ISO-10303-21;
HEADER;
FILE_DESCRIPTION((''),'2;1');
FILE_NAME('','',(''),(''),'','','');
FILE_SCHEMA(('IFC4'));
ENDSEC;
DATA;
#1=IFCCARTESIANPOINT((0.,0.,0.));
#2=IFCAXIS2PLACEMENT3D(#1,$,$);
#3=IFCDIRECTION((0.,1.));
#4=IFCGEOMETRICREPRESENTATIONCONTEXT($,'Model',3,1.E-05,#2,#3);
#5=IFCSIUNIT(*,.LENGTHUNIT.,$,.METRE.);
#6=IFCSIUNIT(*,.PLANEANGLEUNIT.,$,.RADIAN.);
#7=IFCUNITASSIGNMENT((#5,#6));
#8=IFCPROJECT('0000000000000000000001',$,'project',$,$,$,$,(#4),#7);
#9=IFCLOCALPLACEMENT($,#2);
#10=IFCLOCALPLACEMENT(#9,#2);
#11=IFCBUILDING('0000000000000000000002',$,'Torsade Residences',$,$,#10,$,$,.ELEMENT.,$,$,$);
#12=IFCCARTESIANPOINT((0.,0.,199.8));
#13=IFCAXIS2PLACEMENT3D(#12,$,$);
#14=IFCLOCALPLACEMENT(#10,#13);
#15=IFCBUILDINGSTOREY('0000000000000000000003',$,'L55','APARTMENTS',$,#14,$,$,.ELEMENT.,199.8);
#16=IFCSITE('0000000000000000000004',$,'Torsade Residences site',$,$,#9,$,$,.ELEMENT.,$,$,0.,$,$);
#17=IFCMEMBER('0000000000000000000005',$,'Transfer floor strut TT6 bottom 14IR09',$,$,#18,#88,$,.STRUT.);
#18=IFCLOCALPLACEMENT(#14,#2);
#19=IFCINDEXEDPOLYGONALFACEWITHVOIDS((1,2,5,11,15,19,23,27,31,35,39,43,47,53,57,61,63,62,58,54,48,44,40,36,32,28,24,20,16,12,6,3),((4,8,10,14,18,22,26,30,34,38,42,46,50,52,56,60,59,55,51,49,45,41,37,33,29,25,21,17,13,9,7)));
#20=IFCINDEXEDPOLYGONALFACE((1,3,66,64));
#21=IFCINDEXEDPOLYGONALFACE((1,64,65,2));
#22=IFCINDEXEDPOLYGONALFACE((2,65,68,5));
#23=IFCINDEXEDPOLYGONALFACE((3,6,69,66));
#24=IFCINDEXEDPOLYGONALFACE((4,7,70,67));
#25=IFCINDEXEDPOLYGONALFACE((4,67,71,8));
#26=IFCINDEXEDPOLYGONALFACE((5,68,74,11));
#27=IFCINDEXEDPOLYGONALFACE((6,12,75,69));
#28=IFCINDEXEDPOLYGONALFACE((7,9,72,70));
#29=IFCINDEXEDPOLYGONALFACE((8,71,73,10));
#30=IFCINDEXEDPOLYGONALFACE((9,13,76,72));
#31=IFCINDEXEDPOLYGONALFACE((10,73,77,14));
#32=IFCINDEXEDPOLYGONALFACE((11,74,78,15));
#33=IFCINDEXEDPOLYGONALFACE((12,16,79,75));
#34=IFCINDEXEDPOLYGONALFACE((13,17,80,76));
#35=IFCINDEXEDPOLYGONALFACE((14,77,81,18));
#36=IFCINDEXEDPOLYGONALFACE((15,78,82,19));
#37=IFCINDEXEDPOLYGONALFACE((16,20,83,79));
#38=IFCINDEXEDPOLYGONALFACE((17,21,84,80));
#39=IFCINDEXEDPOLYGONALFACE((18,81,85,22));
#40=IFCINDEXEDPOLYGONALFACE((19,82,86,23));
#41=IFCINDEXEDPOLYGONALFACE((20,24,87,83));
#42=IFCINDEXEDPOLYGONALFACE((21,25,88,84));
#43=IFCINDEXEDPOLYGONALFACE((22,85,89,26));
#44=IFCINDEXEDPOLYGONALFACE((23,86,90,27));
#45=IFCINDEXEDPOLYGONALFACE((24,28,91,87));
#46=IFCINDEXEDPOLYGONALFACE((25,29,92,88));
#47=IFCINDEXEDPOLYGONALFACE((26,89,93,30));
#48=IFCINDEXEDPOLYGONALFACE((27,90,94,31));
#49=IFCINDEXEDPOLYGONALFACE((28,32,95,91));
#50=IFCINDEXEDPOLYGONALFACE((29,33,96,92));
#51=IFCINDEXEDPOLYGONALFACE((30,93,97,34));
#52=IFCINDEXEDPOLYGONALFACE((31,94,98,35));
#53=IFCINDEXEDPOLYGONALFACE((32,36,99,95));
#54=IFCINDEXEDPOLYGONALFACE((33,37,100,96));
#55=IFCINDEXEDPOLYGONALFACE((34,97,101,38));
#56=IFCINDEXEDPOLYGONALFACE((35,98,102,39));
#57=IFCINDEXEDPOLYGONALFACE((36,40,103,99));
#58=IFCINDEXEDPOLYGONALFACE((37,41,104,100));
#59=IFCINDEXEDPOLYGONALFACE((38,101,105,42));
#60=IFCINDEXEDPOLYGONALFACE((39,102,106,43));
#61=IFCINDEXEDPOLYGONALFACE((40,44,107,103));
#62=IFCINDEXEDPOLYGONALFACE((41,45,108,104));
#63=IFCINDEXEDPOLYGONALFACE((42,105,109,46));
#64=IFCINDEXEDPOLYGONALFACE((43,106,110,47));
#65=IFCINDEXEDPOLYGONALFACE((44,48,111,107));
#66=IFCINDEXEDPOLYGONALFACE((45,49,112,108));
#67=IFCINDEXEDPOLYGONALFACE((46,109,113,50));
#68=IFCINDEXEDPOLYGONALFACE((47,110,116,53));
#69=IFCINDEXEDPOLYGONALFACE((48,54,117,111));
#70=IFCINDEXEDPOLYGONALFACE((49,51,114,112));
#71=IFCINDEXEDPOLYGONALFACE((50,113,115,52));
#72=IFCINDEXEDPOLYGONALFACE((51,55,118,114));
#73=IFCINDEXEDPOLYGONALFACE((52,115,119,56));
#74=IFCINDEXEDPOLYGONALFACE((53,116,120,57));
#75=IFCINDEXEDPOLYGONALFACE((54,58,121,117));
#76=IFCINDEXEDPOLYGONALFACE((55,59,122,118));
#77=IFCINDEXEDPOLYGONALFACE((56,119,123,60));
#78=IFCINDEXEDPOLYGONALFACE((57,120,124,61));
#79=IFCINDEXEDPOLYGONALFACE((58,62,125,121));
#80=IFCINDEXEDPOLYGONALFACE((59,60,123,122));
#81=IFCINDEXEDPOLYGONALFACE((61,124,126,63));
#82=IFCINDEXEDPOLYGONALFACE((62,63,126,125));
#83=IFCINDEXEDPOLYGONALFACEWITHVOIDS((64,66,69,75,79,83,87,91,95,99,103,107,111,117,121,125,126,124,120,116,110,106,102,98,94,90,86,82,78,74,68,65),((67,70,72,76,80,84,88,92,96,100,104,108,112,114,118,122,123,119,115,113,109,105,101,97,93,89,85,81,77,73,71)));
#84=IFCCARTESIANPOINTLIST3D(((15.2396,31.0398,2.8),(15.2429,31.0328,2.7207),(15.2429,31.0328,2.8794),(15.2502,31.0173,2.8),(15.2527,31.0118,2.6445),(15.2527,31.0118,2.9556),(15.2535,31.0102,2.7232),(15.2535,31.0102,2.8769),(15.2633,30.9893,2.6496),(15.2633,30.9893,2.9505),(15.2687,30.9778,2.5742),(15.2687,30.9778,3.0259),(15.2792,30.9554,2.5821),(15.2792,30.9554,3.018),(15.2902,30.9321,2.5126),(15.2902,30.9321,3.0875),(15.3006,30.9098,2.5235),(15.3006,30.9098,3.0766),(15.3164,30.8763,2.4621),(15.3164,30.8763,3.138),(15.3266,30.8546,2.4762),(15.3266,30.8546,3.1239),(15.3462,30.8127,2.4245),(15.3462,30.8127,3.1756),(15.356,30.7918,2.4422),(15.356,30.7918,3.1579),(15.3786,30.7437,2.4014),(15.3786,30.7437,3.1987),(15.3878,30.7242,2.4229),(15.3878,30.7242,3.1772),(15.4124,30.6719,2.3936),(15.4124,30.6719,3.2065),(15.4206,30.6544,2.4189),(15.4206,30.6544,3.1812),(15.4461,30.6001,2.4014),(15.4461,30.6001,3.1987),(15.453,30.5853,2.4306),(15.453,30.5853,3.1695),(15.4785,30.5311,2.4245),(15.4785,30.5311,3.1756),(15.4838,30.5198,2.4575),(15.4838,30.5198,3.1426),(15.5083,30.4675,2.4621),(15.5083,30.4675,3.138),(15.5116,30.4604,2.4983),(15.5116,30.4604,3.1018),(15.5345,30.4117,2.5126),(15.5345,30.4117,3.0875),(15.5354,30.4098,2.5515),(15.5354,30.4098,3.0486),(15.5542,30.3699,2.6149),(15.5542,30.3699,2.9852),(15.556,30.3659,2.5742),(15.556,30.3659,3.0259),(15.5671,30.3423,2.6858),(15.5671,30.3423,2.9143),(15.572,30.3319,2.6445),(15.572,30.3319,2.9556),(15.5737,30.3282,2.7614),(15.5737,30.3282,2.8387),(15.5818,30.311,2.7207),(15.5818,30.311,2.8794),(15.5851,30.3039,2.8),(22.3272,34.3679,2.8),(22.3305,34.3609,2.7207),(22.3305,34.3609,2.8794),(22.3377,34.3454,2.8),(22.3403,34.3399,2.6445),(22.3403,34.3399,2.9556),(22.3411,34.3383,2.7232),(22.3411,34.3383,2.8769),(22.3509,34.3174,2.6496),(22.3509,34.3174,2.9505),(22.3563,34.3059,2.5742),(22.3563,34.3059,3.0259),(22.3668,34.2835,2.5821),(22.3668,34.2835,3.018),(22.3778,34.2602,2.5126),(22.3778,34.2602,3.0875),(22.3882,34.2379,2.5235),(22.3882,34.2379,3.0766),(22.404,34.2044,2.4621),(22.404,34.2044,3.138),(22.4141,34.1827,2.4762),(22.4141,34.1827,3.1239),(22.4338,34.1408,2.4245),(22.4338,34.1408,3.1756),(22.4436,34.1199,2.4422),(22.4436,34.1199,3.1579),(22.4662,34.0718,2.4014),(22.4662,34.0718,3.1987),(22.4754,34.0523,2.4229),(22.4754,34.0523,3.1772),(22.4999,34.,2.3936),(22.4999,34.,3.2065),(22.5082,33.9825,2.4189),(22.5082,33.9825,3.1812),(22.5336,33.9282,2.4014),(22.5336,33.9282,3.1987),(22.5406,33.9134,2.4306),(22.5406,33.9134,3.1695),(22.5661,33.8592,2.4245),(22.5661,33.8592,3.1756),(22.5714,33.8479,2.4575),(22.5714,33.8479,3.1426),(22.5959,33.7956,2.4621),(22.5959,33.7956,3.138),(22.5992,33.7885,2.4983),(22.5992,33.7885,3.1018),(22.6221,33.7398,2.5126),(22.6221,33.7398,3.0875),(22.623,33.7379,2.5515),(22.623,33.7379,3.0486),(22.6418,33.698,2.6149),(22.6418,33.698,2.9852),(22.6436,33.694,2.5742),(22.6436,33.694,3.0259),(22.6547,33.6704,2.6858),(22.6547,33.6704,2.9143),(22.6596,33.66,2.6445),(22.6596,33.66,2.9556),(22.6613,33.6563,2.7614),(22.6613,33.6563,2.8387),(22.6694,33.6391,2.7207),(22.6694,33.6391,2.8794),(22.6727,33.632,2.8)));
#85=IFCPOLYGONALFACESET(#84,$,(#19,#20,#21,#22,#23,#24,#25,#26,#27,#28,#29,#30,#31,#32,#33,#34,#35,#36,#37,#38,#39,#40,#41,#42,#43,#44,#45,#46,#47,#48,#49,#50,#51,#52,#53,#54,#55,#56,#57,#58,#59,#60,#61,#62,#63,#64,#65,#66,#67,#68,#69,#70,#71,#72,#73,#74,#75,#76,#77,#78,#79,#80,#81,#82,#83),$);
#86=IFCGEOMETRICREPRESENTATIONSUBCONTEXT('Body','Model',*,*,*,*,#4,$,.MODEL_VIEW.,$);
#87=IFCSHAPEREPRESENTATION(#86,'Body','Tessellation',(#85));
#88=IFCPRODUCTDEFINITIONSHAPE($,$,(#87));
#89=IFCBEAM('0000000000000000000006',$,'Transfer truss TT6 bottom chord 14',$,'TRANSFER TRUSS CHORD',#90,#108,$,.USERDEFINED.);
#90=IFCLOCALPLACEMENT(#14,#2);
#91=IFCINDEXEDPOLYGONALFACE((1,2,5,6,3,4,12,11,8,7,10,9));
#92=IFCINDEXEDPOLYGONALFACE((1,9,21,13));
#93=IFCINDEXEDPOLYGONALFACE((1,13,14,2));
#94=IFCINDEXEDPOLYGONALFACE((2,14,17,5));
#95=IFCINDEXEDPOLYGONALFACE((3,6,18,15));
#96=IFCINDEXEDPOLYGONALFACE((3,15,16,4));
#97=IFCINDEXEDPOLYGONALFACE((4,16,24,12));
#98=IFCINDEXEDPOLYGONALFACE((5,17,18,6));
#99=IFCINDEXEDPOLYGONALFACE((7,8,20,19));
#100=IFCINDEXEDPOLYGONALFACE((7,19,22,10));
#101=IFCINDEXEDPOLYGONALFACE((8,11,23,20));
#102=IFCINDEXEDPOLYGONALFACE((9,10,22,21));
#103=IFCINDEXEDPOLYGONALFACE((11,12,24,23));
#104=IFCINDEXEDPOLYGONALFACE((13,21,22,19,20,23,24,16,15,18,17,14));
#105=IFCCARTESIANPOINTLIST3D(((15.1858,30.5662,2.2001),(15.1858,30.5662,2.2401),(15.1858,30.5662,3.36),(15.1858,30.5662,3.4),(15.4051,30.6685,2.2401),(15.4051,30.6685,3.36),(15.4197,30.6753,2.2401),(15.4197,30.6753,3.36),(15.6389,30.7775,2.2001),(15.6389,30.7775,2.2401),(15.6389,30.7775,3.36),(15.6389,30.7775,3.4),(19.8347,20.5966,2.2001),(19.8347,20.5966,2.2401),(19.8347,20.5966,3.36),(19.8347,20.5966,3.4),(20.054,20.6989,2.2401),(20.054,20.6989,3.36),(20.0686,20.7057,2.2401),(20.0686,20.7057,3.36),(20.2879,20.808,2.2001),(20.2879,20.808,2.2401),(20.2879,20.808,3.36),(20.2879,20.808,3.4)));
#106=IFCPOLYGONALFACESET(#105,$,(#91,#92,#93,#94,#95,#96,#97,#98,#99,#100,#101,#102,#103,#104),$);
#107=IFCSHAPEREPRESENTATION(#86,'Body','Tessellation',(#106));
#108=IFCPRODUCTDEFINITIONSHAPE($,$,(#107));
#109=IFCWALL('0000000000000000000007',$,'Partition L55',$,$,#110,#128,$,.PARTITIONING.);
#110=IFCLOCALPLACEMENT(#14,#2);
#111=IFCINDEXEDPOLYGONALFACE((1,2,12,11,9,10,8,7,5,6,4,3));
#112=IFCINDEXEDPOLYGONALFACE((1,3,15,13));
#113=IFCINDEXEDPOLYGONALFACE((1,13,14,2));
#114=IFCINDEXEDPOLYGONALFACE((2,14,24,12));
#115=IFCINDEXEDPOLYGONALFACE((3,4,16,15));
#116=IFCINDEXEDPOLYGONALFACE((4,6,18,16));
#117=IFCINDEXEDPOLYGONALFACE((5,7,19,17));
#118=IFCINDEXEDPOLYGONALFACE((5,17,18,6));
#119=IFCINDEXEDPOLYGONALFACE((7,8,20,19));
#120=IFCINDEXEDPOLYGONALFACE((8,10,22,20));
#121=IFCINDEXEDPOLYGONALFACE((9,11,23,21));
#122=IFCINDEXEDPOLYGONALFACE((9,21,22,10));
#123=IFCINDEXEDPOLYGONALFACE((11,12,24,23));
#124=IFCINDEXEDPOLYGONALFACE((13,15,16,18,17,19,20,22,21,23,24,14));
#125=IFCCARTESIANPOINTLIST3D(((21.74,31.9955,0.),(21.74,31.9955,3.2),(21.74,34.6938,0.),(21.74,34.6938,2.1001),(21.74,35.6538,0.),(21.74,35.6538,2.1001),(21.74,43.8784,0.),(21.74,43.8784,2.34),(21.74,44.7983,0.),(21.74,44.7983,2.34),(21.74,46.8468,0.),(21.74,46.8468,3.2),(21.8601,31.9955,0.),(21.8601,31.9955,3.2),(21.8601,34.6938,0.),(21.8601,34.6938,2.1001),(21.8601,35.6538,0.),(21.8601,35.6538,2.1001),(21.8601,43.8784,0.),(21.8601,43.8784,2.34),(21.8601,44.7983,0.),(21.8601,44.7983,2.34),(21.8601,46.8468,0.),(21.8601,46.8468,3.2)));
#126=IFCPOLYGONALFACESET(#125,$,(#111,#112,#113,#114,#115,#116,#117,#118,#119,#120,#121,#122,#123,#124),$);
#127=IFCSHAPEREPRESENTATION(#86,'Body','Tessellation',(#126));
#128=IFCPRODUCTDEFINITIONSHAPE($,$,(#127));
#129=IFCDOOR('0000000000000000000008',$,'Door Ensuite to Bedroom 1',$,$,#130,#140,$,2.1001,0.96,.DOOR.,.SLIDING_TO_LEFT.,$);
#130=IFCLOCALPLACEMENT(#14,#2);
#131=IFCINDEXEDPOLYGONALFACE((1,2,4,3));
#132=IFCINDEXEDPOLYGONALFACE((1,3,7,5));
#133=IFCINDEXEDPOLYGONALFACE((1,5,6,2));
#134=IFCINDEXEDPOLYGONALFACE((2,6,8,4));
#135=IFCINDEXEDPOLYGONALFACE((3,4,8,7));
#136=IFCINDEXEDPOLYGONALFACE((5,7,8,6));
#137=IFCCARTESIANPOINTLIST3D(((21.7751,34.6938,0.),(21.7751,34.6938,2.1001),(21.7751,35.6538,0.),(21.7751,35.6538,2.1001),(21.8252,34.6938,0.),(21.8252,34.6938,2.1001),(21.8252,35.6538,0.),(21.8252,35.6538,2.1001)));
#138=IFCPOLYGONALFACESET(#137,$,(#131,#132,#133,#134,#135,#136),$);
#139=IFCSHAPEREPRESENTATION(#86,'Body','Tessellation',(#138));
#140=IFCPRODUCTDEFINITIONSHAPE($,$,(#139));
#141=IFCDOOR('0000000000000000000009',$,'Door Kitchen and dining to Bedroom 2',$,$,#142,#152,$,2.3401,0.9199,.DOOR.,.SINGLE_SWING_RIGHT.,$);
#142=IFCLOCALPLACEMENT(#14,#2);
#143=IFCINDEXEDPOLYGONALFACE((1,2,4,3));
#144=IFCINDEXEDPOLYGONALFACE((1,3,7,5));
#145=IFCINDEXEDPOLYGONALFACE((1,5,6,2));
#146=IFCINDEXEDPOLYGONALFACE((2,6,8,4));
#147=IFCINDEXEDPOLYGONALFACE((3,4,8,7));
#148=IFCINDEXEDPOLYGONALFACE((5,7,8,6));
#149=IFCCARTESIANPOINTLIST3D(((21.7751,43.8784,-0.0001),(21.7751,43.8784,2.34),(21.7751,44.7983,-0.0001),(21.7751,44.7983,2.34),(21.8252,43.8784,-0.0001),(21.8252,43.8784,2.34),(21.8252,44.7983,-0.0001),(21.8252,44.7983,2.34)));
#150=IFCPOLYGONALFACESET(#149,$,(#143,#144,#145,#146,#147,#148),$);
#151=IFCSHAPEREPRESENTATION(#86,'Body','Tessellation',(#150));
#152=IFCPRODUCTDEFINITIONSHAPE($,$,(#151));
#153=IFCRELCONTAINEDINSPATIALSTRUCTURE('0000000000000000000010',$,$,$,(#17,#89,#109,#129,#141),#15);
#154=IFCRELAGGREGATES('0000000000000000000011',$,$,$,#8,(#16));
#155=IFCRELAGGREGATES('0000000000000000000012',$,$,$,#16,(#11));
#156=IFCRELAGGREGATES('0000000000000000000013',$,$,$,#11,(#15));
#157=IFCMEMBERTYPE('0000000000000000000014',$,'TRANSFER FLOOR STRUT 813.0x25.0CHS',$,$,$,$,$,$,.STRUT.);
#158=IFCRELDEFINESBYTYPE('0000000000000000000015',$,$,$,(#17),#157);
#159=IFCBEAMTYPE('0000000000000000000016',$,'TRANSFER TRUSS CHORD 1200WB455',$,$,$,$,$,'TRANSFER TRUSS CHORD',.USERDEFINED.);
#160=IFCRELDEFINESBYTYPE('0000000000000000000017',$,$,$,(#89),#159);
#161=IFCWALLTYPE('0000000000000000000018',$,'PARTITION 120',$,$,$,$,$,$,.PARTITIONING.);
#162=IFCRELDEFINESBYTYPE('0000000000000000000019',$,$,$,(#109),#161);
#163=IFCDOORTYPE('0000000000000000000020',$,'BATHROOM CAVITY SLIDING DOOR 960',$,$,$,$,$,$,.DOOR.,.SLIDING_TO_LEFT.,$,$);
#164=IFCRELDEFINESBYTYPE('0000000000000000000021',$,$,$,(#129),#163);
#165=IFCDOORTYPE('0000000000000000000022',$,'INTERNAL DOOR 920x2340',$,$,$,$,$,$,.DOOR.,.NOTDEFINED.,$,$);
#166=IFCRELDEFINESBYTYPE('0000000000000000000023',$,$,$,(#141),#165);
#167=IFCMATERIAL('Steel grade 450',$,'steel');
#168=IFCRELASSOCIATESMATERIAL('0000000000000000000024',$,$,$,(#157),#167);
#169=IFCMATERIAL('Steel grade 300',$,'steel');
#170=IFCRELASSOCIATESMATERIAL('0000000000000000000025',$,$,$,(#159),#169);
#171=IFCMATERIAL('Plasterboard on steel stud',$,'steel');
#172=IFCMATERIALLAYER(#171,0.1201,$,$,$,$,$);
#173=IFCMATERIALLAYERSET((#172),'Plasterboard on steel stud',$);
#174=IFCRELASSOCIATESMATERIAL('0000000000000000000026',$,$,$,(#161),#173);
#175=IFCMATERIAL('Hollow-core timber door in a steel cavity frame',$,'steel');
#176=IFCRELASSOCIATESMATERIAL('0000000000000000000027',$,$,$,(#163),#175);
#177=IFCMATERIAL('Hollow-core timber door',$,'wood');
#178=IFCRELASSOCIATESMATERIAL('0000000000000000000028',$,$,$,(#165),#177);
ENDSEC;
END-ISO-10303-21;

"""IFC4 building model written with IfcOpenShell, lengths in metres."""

from ifc_helpers import new_model, si_unit, direction, frame, frame_2d, origin, origin_2d, place, context, subcontext, project, spatial, rectangle, hollow_circle, i_section, extrude, material, layer, layer_set, material_profile, profile_set, type_object, element, fill, save


model = new_model("IFC4")

# Units and contexts
model_context = context("Model", 3, precision=1e-05, world=origin(), true_north=direction((0.0, 1.0)))
body_context = subcontext(model_context, "Body", "Model", "MODEL_VIEW")
ifc_project = project(units=[si_unit("LENGTHUNIT", "METRE"), si_unit("PLANEANGLEUNIT", "RADIAN")], contexts=[model_context])

# Site, building, storey
site_placement = place(None, origin())
site = spatial("IfcSite", under=ifc_project, at=site_placement, Name="Torsade Residences site", CompositionType="ELEMENT", RefElevation=0.0)
building_placement = place(site_placement, origin())
building = spatial("IfcBuilding", under=site, at=building_placement, Name="Torsade Residences", CompositionType="ELEMENT")
storey_placement = place(building_placement, frame((0.0, 0.0, 199.8)))
storey = spatial("IfcBuildingStorey", under=building, at=storey_placement, Name="L55", Description="APARTMENTS", CompositionType="ELEMENT", Elevation=199.8)

# Member
ifc_material_1 = material(Name="Steel grade 450", Category="steel")
ifc_material_profile_1 = material_profile(ifc_material_1, hollow_circle(Radius=0.4065, WallThickness=0.0249, at=origin_2d()), Name="813.0x25.0CHS")
ifc_profile_set_1 = profile_set([ifc_material_profile_1], Name="Steel grade 450")
member_type_1 = type_object("IfcMemberType", Name="TRANSFER FLOOR STRUT 813.0x25.0CHS", PredefinedType="STRUT", material=ifc_profile_set_1)
member_1_placement = place(storey_placement, frame((15.4124, 30.6719, 2.8), z_axis=(0.905175, 0.42504, 0.0), x_axis=(-0.42504, 0.905175, 0.0)))
element("IfcMember", 1, at=member_1_placement, inside=storey, type_object=member_type_1, Name="Transfer floor strut TT6 bottom 14IR09", PredefinedType="STRUT", context=body_context, shape_type="SweptSolid", body=[
    extrude(hollow_circle(Radius=0.4065, WallThickness=0.0249, at=origin_2d()), origin(), (0.0, 0.0, 1.0), 7.8301),
])

# Beam
ifc_material_2 = material(Name="Steel grade 300", Category="steel")
ifc_material_profile_2 = material_profile(ifc_material_2, i_section(OverallWidth=0.5, OverallDepth=1.2, WebThickness=0.0161, FlangeThickness=0.04, at=origin_2d()), Name="1200WB455")
ifc_profile_set_2 = profile_set([ifc_material_profile_2], Name="Steel grade 300")
beam_type_1 = type_object("IfcBeamType", Name="TRANSFER TRUSS CHORD 1200WB455", ElementType="TRANSFER TRUSS CHORD", PredefinedType="USERDEFINED", material=ifc_profile_set_2)
beam_1_placement = place(storey_placement, frame((15.4124, 30.6719, 2.8), z_axis=(0.422624, -0.906305, 0.0), x_axis=(0.906305, 0.422624, 0.0)))
element("IfcBeam", 2, at=beam_1_placement, inside=storey, type_object=beam_type_1, Name="Transfer truss TT6 bottom chord 14", ObjectType="TRANSFER TRUSS CHORD", PredefinedType="USERDEFINED", context=body_context, shape_type="SweptSolid", body=[
    extrude(i_section(OverallWidth=0.5, OverallDepth=1.2, WebThickness=0.0161, FlangeThickness=0.04, at=origin_2d()), origin(), (0.0, 0.0, 1.0), 11.0002),
])

# Wall, openings, doors
ifc_material_3 = material(Name="Plasterboard on steel stud", Category="steel")
ifc_layer = layer(ifc_material_3, 0.1201)
ifc_layer_set = layer_set([ifc_layer], Name="Plasterboard on steel stud")
wall_type = type_object("IfcWallType", Name="PARTITION 120", PredefinedType="PARTITIONING", material=ifc_layer_set)
wall_1_placement = place(storey_placement, frame((21.8, 31.9954, 0.0), z_axis=(0.0, 0.0, 1.0), x_axis=(0.0, 1.0, 0.0)))
wall_1 = element("IfcWall", 3, at=wall_1_placement, inside=storey, type_object=wall_type, Name="Partition L55", PredefinedType="PARTITIONING", context=body_context, shape_type="SweptSolid", body=[
    extrude(rectangle(XDim=14.8513, YDim=0.1201, at=frame_2d((7.4258, 0.0))), origin(), (0.0, 0.0, 1.0), 3.2),
])
opening_1_placement = place(wall_1_placement, frame((11.8831, 0.0, 0.0)))
opening_1 = element("IfcOpeningElement", 4, at=opening_1_placement, cuts=wall_1, PredefinedType="OPENING", context=body_context, shape_type="SweptSolid", body=[
    extrude(rectangle(XDim=0.9199, YDim=2.3401, at=frame_2d((0.46, 1.1699))), frame((0.0, 0.0701, 0.0), z_axis=(0.0, -1.0, 0.0), x_axis=(1.0, 0.0, 0.0)), (0.0, 0.0, 1.0), 0.1401),
])
opening_2_placement = place(wall_1_placement, frame((2.6985, 0.0, 0.0)))
opening_2 = element("IfcOpeningElement", 5, at=opening_2_placement, cuts=wall_1, PredefinedType="OPENING", context=body_context, shape_type="SweptSolid", body=[
    extrude(rectangle(XDim=0.96, YDim=2.1001, at=frame_2d((0.48, 1.05))), frame((0.0, 0.0701, 0.0), z_axis=(0.0, -1.0, 0.0), x_axis=(1.0, 0.0, 0.0)), (0.0, 0.0, 1.0), 0.1401),
])
ifc_material_4 = material(Name="Hollow-core timber door in a steel cavity frame", Category="steel")
door_type_1 = type_object("IfcDoorType", Name="BATHROOM CAVITY SLIDING DOOR 960", OperationType="SLIDING_TO_LEFT", PredefinedType="DOOR", material=ifc_material_4)
door_1_placement = place(opening_2_placement, origin())
door_1 = element("IfcDoor", 6, at=door_1_placement, inside=storey, type_object=door_type_1, Name="Door Ensuite to Bedroom 1", OperationType="SLIDING_TO_LEFT", OverallHeight=2.1001, OverallWidth=0.96, PredefinedType="DOOR", context=body_context, shape_type="SweptSolid", body=[
    extrude(rectangle(XDim=0.96, YDim=2.1001, at=frame_2d((0.48, 1.05))), frame((0.0, 0.0249, 0.0), z_axis=(0.0, -1.0, 0.0), x_axis=(1.0, 0.0, 0.0)), (0.0, 0.0, 1.0), 0.05),
])
fill(opening_2, door_1)
ifc_material_5 = material(Name="Hollow-core timber door", Category="wood")
door_type_2 = type_object("IfcDoorType", Name="INTERNAL DOOR 920x2340", OperationType="NOTDEFINED", PredefinedType="DOOR", material=ifc_material_5)
door_2_placement = place(opening_1_placement, origin())
door_2 = element("IfcDoor", 7, at=door_2_placement, inside=storey, type_object=door_type_2, Name="Door Kitchen and dining to Bedroom 2", OperationType="SINGLE_SWING_RIGHT", OverallHeight=2.3401, OverallWidth=0.9199, PredefinedType="DOOR", context=body_context, shape_type="SweptSolid", body=[
    extrude(rectangle(XDim=0.9199, YDim=2.3401, at=frame_2d((0.46, 1.1699))), frame((0.0, 0.0249, 0.0), z_axis=(0.0, -1.0, 0.0), x_axis=(1.0, 0.0, 0.0)), (0.0, 0.0, 1.0), 0.05),
])
fill(opening_1, door_2)

save(model, "model.ifc")
